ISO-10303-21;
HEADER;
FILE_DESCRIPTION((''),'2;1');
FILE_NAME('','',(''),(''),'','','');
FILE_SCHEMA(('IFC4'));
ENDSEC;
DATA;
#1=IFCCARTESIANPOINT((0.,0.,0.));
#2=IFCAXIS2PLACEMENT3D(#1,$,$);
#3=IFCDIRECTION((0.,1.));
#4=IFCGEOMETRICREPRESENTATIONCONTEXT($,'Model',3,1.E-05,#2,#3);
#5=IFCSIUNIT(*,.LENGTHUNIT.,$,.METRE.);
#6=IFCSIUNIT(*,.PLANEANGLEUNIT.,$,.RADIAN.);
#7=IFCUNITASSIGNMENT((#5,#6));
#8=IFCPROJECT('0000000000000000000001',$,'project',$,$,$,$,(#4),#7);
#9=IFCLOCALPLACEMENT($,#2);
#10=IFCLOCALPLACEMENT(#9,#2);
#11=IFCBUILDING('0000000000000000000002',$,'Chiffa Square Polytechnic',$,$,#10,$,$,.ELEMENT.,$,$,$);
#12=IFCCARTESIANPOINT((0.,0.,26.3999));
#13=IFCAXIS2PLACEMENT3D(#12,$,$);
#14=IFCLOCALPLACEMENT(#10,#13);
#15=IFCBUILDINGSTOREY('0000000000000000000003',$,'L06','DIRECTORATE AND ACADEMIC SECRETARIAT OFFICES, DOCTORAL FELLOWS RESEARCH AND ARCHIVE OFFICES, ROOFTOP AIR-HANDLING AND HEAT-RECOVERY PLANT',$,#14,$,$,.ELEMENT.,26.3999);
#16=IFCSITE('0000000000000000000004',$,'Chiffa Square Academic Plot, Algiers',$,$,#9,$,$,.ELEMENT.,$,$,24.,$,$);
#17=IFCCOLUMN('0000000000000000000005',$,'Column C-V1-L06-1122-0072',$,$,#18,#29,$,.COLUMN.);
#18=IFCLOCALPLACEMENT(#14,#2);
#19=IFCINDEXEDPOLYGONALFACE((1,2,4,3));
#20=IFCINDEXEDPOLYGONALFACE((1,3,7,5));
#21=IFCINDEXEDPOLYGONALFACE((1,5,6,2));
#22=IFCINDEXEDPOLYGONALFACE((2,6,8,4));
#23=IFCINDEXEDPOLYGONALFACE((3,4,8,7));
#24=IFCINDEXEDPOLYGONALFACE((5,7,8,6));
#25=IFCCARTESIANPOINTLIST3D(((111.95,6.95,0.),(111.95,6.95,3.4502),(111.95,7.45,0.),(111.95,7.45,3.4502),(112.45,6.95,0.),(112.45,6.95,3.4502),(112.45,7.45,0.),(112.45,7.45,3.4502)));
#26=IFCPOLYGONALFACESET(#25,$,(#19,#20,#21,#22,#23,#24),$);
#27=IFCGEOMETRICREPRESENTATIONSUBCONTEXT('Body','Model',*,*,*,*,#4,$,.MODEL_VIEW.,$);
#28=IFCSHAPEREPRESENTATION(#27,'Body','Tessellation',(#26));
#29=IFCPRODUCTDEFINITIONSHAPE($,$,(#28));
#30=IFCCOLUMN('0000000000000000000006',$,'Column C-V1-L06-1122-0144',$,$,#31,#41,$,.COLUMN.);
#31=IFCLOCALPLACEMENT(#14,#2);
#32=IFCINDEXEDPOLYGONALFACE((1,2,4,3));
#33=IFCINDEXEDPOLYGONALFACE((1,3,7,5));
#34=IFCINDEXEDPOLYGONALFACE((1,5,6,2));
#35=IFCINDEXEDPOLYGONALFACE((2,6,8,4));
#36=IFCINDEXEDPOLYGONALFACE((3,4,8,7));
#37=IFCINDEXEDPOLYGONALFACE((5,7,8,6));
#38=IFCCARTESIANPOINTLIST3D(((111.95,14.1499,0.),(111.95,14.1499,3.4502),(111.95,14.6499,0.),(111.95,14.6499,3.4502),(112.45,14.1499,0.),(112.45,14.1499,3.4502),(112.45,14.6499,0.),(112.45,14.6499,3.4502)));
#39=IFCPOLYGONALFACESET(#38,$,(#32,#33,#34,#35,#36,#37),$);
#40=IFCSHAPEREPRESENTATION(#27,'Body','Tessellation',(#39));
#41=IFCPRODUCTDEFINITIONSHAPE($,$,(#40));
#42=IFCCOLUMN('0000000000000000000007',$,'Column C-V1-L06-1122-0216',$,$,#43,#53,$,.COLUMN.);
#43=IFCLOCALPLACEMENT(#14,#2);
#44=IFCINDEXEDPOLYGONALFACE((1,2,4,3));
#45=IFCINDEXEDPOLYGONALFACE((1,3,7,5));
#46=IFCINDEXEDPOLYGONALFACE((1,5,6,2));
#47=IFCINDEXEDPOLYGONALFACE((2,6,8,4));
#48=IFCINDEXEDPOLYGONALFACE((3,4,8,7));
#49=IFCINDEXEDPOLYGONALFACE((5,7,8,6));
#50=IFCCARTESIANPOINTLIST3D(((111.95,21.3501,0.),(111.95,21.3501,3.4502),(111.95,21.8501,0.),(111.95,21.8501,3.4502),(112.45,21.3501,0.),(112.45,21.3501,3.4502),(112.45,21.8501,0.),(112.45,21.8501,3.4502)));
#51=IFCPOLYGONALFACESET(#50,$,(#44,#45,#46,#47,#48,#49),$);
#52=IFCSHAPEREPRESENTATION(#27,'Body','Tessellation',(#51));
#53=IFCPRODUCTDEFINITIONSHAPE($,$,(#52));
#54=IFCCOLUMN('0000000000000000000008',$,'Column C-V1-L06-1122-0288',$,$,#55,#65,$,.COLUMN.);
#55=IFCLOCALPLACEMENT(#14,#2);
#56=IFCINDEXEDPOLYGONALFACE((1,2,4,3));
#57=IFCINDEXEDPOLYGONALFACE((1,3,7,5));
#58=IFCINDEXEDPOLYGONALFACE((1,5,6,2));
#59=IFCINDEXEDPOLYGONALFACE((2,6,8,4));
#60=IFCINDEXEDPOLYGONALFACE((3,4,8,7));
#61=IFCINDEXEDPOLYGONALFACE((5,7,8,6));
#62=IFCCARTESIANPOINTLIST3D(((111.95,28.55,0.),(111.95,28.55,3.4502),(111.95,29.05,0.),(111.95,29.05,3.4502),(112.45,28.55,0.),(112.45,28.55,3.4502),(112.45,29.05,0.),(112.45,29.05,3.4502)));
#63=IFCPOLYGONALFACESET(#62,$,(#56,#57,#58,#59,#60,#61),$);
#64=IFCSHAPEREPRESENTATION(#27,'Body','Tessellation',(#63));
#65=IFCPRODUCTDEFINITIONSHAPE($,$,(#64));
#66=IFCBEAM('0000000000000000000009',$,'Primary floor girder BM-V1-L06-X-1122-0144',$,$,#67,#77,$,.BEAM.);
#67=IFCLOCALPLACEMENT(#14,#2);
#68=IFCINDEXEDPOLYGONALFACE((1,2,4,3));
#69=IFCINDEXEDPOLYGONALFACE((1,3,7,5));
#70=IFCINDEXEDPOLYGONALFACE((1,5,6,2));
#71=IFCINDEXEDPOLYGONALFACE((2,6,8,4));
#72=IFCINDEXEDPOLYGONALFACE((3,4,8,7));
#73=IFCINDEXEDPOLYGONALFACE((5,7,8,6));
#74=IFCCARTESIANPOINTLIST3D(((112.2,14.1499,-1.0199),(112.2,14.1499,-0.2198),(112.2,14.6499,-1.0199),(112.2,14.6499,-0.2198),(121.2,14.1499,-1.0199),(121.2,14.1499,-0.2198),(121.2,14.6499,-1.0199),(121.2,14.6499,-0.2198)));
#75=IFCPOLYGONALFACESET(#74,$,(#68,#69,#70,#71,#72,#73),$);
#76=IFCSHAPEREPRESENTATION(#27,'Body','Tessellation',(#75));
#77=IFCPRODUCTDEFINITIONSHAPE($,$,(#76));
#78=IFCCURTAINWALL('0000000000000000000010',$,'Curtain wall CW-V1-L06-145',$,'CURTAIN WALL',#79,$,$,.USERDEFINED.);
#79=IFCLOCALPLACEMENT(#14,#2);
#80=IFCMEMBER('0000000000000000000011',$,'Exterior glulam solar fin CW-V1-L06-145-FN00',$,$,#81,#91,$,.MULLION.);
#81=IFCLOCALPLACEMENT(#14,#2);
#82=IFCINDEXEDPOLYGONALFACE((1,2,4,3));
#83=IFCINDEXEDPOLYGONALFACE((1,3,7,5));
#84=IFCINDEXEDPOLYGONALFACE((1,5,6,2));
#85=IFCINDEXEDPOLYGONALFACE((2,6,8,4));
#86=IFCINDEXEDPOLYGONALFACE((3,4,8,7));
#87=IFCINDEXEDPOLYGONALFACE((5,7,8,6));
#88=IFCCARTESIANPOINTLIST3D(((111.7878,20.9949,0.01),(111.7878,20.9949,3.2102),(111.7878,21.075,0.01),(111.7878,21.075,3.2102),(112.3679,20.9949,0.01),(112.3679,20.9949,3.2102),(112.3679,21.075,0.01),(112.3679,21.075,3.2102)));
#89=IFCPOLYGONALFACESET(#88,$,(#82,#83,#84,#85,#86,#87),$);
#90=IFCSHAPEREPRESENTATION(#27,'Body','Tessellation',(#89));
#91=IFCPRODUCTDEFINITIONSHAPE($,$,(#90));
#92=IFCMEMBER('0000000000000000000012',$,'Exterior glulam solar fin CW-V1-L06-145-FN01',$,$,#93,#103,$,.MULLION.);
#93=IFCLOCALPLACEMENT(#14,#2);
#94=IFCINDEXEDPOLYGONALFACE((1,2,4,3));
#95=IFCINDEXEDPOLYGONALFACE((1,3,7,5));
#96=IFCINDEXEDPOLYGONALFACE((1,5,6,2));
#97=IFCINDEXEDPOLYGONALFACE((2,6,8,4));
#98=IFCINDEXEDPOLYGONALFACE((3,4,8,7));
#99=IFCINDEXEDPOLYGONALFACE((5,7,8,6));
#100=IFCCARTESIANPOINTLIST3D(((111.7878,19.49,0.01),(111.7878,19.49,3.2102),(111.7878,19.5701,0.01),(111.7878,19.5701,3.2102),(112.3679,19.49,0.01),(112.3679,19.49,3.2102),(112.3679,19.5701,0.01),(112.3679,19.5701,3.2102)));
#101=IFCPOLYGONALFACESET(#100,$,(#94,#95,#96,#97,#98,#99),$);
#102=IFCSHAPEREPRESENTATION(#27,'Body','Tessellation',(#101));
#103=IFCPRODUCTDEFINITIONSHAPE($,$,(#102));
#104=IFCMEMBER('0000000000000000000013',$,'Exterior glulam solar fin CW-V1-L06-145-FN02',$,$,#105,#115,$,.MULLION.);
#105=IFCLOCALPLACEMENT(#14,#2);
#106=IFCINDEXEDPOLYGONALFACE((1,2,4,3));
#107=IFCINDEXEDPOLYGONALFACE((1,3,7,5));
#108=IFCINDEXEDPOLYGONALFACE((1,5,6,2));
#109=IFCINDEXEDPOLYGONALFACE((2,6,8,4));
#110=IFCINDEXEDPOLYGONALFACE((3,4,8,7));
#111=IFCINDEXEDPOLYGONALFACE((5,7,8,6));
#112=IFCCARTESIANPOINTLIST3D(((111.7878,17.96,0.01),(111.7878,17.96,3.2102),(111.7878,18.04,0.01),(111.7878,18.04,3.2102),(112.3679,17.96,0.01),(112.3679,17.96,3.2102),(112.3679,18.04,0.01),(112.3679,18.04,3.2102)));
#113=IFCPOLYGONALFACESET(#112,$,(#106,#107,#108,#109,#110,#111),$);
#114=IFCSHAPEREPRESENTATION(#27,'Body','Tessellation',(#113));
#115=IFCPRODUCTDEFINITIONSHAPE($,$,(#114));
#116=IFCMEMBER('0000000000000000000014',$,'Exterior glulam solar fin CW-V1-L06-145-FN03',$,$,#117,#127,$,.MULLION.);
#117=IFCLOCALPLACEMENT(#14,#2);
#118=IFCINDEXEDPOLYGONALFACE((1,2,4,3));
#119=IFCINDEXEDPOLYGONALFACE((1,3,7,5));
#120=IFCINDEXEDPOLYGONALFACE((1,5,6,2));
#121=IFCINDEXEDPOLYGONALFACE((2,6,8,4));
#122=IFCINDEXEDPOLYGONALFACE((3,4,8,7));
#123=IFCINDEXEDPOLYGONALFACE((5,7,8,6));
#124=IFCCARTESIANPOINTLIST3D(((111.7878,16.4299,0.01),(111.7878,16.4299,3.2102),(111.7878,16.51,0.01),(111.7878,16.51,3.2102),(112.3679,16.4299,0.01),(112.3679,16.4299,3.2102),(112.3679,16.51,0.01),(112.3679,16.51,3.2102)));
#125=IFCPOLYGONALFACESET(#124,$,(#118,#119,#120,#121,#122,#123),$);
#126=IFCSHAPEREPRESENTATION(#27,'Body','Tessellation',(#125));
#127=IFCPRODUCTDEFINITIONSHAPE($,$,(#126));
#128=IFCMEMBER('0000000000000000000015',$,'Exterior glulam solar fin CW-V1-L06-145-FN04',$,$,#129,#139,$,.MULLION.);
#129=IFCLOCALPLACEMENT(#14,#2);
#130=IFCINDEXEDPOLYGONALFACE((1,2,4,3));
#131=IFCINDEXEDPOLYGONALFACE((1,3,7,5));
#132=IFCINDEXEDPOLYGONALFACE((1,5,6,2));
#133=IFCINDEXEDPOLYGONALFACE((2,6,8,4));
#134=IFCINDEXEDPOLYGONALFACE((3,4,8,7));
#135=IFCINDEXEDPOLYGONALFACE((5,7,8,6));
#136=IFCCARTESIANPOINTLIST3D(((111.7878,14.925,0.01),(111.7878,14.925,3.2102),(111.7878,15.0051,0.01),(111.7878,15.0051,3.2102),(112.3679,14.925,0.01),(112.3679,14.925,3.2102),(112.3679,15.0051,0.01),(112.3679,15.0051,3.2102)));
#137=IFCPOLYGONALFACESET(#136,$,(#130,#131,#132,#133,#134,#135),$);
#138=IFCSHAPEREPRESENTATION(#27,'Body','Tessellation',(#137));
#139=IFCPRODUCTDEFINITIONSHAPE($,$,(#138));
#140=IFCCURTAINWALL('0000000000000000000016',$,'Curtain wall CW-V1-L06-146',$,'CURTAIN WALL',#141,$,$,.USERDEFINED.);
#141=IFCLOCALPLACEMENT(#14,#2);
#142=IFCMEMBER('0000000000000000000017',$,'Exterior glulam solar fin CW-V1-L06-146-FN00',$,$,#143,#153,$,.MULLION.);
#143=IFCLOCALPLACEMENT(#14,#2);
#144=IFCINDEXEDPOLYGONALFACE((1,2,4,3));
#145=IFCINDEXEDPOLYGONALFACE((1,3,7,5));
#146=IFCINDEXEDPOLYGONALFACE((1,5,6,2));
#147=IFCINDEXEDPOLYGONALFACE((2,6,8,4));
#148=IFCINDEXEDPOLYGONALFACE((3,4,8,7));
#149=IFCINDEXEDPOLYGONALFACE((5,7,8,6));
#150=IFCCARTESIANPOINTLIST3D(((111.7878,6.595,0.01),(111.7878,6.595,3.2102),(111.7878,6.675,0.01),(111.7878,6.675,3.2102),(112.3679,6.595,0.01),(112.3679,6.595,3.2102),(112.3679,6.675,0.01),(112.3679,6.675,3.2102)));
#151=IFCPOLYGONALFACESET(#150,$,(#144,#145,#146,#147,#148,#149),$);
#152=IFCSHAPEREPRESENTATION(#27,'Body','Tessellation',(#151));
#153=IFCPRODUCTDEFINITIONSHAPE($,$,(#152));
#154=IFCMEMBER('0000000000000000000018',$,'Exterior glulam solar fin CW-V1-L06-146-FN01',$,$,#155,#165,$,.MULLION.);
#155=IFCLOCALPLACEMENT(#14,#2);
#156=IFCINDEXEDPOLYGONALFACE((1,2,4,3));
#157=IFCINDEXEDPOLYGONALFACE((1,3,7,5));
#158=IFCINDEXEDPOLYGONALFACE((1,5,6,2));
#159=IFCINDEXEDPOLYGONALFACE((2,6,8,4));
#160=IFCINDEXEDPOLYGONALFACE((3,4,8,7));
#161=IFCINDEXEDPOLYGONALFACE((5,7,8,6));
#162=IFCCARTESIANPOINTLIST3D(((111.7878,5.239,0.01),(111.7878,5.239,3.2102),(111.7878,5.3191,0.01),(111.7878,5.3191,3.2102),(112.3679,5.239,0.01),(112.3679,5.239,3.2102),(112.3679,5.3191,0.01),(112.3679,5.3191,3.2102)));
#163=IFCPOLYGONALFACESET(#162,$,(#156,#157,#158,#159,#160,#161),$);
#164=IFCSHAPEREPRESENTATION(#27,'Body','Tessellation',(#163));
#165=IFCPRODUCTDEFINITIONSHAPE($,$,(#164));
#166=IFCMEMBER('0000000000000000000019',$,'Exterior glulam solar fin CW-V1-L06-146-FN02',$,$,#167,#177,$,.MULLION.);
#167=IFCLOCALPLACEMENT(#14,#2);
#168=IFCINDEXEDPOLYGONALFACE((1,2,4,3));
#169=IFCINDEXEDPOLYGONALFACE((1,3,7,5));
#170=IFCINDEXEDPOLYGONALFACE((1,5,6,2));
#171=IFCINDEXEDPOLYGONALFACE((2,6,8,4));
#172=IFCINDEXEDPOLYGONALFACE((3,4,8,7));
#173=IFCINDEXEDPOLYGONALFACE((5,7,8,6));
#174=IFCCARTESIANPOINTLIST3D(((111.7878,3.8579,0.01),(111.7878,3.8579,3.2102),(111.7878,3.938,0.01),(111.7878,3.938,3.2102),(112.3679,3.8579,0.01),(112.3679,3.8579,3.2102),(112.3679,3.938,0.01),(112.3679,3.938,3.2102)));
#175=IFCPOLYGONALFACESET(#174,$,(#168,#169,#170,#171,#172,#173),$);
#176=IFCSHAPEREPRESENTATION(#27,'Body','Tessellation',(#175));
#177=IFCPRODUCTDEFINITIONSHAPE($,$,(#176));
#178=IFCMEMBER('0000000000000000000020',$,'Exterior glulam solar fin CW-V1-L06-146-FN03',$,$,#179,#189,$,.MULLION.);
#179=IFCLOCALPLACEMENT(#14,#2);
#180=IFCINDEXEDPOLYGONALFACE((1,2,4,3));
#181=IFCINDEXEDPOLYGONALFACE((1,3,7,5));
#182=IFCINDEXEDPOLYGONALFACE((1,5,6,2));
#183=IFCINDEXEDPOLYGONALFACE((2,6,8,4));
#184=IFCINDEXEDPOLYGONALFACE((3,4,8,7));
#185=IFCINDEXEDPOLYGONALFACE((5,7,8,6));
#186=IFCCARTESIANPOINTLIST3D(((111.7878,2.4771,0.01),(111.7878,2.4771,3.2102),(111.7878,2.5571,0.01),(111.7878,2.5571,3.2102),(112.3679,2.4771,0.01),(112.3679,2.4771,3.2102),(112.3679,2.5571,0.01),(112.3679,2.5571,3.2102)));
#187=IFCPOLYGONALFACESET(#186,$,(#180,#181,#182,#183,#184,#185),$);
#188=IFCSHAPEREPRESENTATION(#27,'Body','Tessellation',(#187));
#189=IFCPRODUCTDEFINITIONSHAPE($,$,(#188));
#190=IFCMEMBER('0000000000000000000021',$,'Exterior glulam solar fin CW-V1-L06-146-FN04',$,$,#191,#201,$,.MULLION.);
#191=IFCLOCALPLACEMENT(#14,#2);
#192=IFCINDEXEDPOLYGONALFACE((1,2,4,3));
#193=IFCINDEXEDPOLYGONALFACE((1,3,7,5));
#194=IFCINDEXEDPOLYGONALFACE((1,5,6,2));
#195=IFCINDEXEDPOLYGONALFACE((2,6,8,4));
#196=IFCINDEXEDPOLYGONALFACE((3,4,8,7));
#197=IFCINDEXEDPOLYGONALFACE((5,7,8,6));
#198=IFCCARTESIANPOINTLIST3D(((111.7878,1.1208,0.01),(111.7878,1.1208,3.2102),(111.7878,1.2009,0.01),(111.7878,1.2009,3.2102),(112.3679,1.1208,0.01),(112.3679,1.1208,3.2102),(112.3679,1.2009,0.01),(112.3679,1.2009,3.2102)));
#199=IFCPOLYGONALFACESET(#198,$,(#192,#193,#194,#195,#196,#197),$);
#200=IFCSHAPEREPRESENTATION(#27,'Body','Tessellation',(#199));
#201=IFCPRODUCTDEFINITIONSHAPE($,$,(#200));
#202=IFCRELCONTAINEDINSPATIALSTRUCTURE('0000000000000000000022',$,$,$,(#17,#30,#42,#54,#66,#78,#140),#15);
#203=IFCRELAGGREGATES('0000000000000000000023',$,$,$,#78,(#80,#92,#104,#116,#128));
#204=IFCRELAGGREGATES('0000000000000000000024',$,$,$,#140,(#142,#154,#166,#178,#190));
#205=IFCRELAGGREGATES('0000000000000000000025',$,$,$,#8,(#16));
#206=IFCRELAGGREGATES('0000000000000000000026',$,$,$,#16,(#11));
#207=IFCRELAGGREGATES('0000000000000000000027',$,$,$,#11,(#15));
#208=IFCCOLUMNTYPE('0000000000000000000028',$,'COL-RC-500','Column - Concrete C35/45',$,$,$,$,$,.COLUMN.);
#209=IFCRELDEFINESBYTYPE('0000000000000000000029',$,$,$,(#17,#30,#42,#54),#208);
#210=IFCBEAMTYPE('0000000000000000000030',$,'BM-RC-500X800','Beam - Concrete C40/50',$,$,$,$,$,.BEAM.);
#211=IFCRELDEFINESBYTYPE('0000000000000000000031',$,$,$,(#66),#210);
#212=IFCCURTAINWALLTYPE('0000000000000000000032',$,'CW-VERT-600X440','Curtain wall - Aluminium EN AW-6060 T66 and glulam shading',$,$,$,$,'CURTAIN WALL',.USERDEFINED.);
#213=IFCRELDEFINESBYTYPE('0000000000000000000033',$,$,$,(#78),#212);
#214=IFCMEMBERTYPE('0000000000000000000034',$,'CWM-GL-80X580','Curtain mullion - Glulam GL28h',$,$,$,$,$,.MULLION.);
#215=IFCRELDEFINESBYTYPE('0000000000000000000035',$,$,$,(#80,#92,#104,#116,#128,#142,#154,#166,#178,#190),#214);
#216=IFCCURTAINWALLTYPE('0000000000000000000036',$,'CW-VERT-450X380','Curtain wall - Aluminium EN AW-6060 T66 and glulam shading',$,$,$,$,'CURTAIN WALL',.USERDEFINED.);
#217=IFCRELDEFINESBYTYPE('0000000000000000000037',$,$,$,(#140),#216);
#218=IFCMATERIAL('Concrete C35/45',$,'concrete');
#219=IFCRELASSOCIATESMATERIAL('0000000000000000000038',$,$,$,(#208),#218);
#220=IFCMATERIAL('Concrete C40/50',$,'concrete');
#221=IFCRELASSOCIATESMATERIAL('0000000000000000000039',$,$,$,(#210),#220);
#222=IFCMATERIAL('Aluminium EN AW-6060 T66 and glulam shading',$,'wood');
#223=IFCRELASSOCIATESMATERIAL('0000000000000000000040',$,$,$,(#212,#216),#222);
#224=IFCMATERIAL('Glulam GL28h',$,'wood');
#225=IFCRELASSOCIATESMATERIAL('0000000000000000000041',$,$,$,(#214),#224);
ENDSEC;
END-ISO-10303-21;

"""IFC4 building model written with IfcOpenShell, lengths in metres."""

from ifc_helpers import new_model, si_unit, direction, frame, origin, origin_2d, place, context, subcontext, project, spatial, rectangle, extrude, material, material_profile, profile_set, type_object, element, aggregate, save


model = new_model("IFC4")

# Units and contexts
model_context = context("Model", 3, precision=1e-05, world=origin(), true_north=direction((0.0, 1.0)))
body_context = subcontext(model_context, "Body", "Model", "MODEL_VIEW")
ifc_project = project(units=[si_unit("LENGTHUNIT", "METRE"), si_unit("PLANEANGLEUNIT", "RADIAN")], contexts=[model_context])

# Site, building, storey
site_placement = place(None, origin())
site = spatial("IfcSite", under=ifc_project, at=site_placement, Name="Chiffa Square Academic Plot, Algiers", CompositionType="ELEMENT", RefElevation=24.0)
building_placement = place(site_placement, origin())
building = spatial("IfcBuilding", under=site, at=building_placement, Name="Chiffa Square Polytechnic", CompositionType="ELEMENT")
storey_placement = place(building_placement, frame((0.0, 0.0, 26.3999)))
storey = spatial("IfcBuildingStorey", under=building, at=storey_placement, Name="L06", Description="DIRECTORATE AND ACADEMIC SECRETARIAT OFFICES, DOCTORAL FELLOWS RESEARCH AND ARCHIVE OFFICES, ROOFTOP AIR-HANDLING AND HEAT-RECOVERY PLANT", CompositionType="ELEMENT", Elevation=26.3999)

# Columns
ifc_material_1 = material(Name="Concrete C35/45", Category="concrete")
ifc_material_profile_1 = material_profile(ifc_material_1, rectangle(XDim=0.5, YDim=0.5, at=origin_2d()), Name="RC 500x500")
ifc_profile_set_1 = profile_set([ifc_material_profile_1], Name="Concrete C35/45")
column_type = type_object("IfcColumnType", Name="COL-RC-500", Description="Column - Concrete C35/45", PredefinedType="COLUMN", material=ifc_profile_set_1)
for number, where, z_axis, x_axis, name in (
    (1, (112.2, 7.2, 0.0), (0.0, 0.0, 1.0), (1.0, 0.0, 0.0), "Column C-V1-L06-1122-0072"),
    (2, (112.2, 14.3999, 0.0), (0.0, 0.0, 1.0), (1.0, 0.0, 0.0), "Column C-V1-L06-1122-0144"),
    (3, (112.2, 21.6001, 0.0), (0.0, 0.0, 1.0), (1.0, 0.0, 0.0), "Column C-V1-L06-1122-0216"),
    (4, (112.2, 28.8, 0.0), (0.0, 0.0, 1.0), (1.0, 0.0, 0.0), "Column C-V1-L06-1122-0288"),
):
    element("IfcColumn", number, at=place(storey_placement, frame(where, z_axis=z_axis, x_axis=x_axis)), inside=storey, type_object=column_type, Name=name, PredefinedType="COLUMN", context=body_context, shape_type="SweptSolid", body=[
        extrude(rectangle(XDim=0.5, YDim=0.5, at=origin_2d()), origin(), (0.0, 0.0, 1.0), 3.4502),
    ])

# Beam
ifc_material_2 = material(Name="Concrete C40/50", Category="concrete")
ifc_material_profile_2 = material_profile(ifc_material_2, rectangle(XDim=0.5, YDim=0.8, at=origin_2d()), Name="RC 500x800")
ifc_profile_set_2 = profile_set([ifc_material_profile_2], Name="Concrete C40/50")
beam_type = type_object("IfcBeamType", Name="BM-RC-500X800", Description="Beam - Concrete C40/50", PredefinedType="BEAM", material=ifc_profile_set_2)
beam_placement = place(storey_placement, frame((112.2, 14.3999, -0.6199), z_axis=(1.0, 0.0, 0.0), x_axis=(0.0, 1.0, 0.0)))
element("IfcBeam", 5, at=beam_placement, inside=storey, type_object=beam_type, Name="Primary floor girder BM-V1-L06-X-1122-0144", PredefinedType="BEAM", context=body_context, shape_type="SweptSolid", body=[
    extrude(rectangle(XDim=0.5, YDim=0.8, at=origin_2d()), origin(), (0.0, 0.0, 1.0), 9.0),
])

# Curtain walls, members
ifc_material_3 = material(Name="Aluminium EN AW-6060 T66 and glulam shading", Category="wood")
curtain_wall_type_1 = type_object("IfcCurtainWallType", Name="CW-VERT-600X440", Description="Curtain wall - Aluminium EN AW-6060 T66 and glulam shading", ElementType="CURTAIN WALL", PredefinedType="USERDEFINED", material=ifc_material_3)
curtain_wall_1_placement = place(storey_placement, origin())
curtain_wall_1 = element("IfcCurtainWall", 6, at=curtain_wall_1_placement, inside=storey, type_object=curtain_wall_type_1, Name="Curtain wall CW-V1-L06-145", ObjectType="CURTAIN WALL", PredefinedType="USERDEFINED")
ifc_material_4 = material(Name="Glulam GL28h", Category="wood")
ifc_material_profile_3 = material_profile(ifc_material_4, rectangle(XDim=0.0801, YDim=0.5801, at=origin_2d()), Name="GL28h 80x580")
ifc_profile_set_3 = profile_set([ifc_material_profile_3], Name="Glulam GL28h")
member_type_1 = type_object("IfcMemberType", Name="CWM-GL-80X580", Description="Curtain mullion - Glulam GL28h", PredefinedType="MULLION", material=ifc_profile_set_3)
member_1_placement = place(storey_placement, frame((112.0779, 21.0349, 0.01), z_axis=(0.0, 0.0, 1.0), x_axis=(0.0, -1.0, 0.0)))
member_1 = element("IfcMember", 7, at=member_1_placement, type_object=member_type_1, Name="Exterior glulam solar fin CW-V1-L06-145-FN00", PredefinedType="MULLION", context=body_context, shape_type="SweptSolid", body=[
    extrude(rectangle(XDim=0.0801, YDim=0.5801, at=origin_2d()), origin(), (0.0, 0.0, 1.0), 3.2002),
])
member_2_placement = place(storey_placement, frame((112.0779, 19.53, 0.01), z_axis=(0.0, 0.0, 1.0), x_axis=(0.0, -1.0, 0.0)))
member_2 = element("IfcMember", 8, at=member_2_placement, type_object=member_type_1, Name="Exterior glulam solar fin CW-V1-L06-145-FN01", PredefinedType="MULLION", context=body_context, shape_type="SweptSolid", body=[
    extrude(rectangle(XDim=0.0801, YDim=0.5801, at=origin_2d()), origin(), (0.0, 0.0, 1.0), 3.2002),
])
member_3_placement = place(storey_placement, frame((112.0779, 18.0, 0.01), z_axis=(0.0, 0.0, 1.0), x_axis=(0.0, -1.0, 0.0)))
member_3 = element("IfcMember", 9, at=member_3_placement, type_object=member_type_1, Name="Exterior glulam solar fin CW-V1-L06-145-FN02", PredefinedType="MULLION", context=body_context, shape_type="SweptSolid", body=[
    extrude(rectangle(XDim=0.0801, YDim=0.5801, at=origin_2d()), origin(), (0.0, 0.0, 1.0), 3.2002),
])
member_4_placement = place(storey_placement, frame((112.0779, 16.47, 0.01), z_axis=(0.0, 0.0, 1.0), x_axis=(0.0, -1.0, 0.0)))
member_4 = element("IfcMember", 10, at=member_4_placement, type_object=member_type_1, Name="Exterior glulam solar fin CW-V1-L06-145-FN03", PredefinedType="MULLION", context=body_context, shape_type="SweptSolid", body=[
    extrude(rectangle(XDim=0.0801, YDim=0.5801, at=origin_2d()), origin(), (0.0, 0.0, 1.0), 3.2002),
])
member_5_placement = place(storey_placement, frame((112.0779, 14.9651, 0.01), z_axis=(0.0, 0.0, 1.0), x_axis=(0.0, -1.0, 0.0)))
member_5 = element("IfcMember", 11, at=member_5_placement, type_object=member_type_1, Name="Exterior glulam solar fin CW-V1-L06-145-FN04", PredefinedType="MULLION", context=body_context, shape_type="SweptSolid", body=[
    extrude(rectangle(XDim=0.0801, YDim=0.5801, at=origin_2d()), origin(), (0.0, 0.0, 1.0), 3.2002),
])
curtain_wall_type_2 = type_object("IfcCurtainWallType", Name="CW-VERT-450X380", Description="Curtain wall - Aluminium EN AW-6060 T66 and glulam shading", ElementType="CURTAIN WALL", PredefinedType="USERDEFINED", material=ifc_material_3)
curtain_wall_2_placement = place(storey_placement, origin())
curtain_wall_2 = element("IfcCurtainWall", 12, at=curtain_wall_2_placement, inside=storey, type_object=curtain_wall_type_2, Name="Curtain wall CW-V1-L06-146", ObjectType="CURTAIN WALL", PredefinedType="USERDEFINED")
member_6_placement = place(storey_placement, frame((112.0779, 6.635, 0.01), z_axis=(0.0, 0.0, 1.0), x_axis=(0.0, -1.0, 0.0)))
member_6 = element("IfcMember", 13, at=member_6_placement, type_object=member_type_1, Name="Exterior glulam solar fin CW-V1-L06-146-FN00", PredefinedType="MULLION", context=body_context, shape_type="SweptSolid", body=[
    extrude(rectangle(XDim=0.0801, YDim=0.5801, at=origin_2d()), origin(), (0.0, 0.0, 1.0), 3.2002),
])
member_7_placement = place(storey_placement, frame((112.0779, 5.2791, 0.01), z_axis=(0.0, 0.0, 1.0), x_axis=(0.0, -1.0, 0.0)))
member_7 = element("IfcMember", 14, at=member_7_placement, type_object=member_type_1, Name="Exterior glulam solar fin CW-V1-L06-146-FN01", PredefinedType="MULLION", context=body_context, shape_type="SweptSolid", body=[
    extrude(rectangle(XDim=0.0801, YDim=0.5801, at=origin_2d()), origin(), (0.0, 0.0, 1.0), 3.2002),
])
member_8_placement = place(storey_placement, frame((112.0779, 3.8979, 0.01), z_axis=(0.0, 0.0, 1.0), x_axis=(0.0, -1.0, 0.0)))
member_8 = element("IfcMember", 15, at=member_8_placement, type_object=member_type_1, Name="Exterior glulam solar fin CW-V1-L06-146-FN02", PredefinedType="MULLION", context=body_context, shape_type="SweptSolid", body=[
    extrude(rectangle(XDim=0.0801, YDim=0.5801, at=origin_2d()), origin(), (0.0, 0.0, 1.0), 3.2002),
])
member_9_placement = place(storey_placement, frame((112.0779, 2.5171, 0.01), z_axis=(0.0, 0.0, 1.0), x_axis=(0.0, -1.0, 0.0)))
member_9 = element("IfcMember", 16, at=member_9_placement, type_object=member_type_1, Name="Exterior glulam solar fin CW-V1-L06-146-FN03", PredefinedType="MULLION", context=body_context, shape_type="SweptSolid", body=[
    extrude(rectangle(XDim=0.0801, YDim=0.5801, at=origin_2d()), origin(), (0.0, 0.0, 1.0), 3.2002),
])
member_10_placement = place(storey_placement, frame((112.0779, 1.1609, 0.01), z_axis=(0.0, 0.0, 1.0), x_axis=(0.0, -1.0, 0.0)))
member_10 = element("IfcMember", 17, at=member_10_placement, type_object=member_type_1, Name="Exterior glulam solar fin CW-V1-L06-146-FN04", PredefinedType="MULLION", context=body_context, shape_type="SweptSolid", body=[
    extrude(rectangle(XDim=0.0801, YDim=0.5801, at=origin_2d()), origin(), (0.0, 0.0, 1.0), 3.2002),
])

aggregate(curtain_wall_1, [member_1, member_2, member_3, member_4, member_5])
aggregate(curtain_wall_2, [member_6, member_7, member_8, member_9, member_10])

save(model, "model.ifc")
